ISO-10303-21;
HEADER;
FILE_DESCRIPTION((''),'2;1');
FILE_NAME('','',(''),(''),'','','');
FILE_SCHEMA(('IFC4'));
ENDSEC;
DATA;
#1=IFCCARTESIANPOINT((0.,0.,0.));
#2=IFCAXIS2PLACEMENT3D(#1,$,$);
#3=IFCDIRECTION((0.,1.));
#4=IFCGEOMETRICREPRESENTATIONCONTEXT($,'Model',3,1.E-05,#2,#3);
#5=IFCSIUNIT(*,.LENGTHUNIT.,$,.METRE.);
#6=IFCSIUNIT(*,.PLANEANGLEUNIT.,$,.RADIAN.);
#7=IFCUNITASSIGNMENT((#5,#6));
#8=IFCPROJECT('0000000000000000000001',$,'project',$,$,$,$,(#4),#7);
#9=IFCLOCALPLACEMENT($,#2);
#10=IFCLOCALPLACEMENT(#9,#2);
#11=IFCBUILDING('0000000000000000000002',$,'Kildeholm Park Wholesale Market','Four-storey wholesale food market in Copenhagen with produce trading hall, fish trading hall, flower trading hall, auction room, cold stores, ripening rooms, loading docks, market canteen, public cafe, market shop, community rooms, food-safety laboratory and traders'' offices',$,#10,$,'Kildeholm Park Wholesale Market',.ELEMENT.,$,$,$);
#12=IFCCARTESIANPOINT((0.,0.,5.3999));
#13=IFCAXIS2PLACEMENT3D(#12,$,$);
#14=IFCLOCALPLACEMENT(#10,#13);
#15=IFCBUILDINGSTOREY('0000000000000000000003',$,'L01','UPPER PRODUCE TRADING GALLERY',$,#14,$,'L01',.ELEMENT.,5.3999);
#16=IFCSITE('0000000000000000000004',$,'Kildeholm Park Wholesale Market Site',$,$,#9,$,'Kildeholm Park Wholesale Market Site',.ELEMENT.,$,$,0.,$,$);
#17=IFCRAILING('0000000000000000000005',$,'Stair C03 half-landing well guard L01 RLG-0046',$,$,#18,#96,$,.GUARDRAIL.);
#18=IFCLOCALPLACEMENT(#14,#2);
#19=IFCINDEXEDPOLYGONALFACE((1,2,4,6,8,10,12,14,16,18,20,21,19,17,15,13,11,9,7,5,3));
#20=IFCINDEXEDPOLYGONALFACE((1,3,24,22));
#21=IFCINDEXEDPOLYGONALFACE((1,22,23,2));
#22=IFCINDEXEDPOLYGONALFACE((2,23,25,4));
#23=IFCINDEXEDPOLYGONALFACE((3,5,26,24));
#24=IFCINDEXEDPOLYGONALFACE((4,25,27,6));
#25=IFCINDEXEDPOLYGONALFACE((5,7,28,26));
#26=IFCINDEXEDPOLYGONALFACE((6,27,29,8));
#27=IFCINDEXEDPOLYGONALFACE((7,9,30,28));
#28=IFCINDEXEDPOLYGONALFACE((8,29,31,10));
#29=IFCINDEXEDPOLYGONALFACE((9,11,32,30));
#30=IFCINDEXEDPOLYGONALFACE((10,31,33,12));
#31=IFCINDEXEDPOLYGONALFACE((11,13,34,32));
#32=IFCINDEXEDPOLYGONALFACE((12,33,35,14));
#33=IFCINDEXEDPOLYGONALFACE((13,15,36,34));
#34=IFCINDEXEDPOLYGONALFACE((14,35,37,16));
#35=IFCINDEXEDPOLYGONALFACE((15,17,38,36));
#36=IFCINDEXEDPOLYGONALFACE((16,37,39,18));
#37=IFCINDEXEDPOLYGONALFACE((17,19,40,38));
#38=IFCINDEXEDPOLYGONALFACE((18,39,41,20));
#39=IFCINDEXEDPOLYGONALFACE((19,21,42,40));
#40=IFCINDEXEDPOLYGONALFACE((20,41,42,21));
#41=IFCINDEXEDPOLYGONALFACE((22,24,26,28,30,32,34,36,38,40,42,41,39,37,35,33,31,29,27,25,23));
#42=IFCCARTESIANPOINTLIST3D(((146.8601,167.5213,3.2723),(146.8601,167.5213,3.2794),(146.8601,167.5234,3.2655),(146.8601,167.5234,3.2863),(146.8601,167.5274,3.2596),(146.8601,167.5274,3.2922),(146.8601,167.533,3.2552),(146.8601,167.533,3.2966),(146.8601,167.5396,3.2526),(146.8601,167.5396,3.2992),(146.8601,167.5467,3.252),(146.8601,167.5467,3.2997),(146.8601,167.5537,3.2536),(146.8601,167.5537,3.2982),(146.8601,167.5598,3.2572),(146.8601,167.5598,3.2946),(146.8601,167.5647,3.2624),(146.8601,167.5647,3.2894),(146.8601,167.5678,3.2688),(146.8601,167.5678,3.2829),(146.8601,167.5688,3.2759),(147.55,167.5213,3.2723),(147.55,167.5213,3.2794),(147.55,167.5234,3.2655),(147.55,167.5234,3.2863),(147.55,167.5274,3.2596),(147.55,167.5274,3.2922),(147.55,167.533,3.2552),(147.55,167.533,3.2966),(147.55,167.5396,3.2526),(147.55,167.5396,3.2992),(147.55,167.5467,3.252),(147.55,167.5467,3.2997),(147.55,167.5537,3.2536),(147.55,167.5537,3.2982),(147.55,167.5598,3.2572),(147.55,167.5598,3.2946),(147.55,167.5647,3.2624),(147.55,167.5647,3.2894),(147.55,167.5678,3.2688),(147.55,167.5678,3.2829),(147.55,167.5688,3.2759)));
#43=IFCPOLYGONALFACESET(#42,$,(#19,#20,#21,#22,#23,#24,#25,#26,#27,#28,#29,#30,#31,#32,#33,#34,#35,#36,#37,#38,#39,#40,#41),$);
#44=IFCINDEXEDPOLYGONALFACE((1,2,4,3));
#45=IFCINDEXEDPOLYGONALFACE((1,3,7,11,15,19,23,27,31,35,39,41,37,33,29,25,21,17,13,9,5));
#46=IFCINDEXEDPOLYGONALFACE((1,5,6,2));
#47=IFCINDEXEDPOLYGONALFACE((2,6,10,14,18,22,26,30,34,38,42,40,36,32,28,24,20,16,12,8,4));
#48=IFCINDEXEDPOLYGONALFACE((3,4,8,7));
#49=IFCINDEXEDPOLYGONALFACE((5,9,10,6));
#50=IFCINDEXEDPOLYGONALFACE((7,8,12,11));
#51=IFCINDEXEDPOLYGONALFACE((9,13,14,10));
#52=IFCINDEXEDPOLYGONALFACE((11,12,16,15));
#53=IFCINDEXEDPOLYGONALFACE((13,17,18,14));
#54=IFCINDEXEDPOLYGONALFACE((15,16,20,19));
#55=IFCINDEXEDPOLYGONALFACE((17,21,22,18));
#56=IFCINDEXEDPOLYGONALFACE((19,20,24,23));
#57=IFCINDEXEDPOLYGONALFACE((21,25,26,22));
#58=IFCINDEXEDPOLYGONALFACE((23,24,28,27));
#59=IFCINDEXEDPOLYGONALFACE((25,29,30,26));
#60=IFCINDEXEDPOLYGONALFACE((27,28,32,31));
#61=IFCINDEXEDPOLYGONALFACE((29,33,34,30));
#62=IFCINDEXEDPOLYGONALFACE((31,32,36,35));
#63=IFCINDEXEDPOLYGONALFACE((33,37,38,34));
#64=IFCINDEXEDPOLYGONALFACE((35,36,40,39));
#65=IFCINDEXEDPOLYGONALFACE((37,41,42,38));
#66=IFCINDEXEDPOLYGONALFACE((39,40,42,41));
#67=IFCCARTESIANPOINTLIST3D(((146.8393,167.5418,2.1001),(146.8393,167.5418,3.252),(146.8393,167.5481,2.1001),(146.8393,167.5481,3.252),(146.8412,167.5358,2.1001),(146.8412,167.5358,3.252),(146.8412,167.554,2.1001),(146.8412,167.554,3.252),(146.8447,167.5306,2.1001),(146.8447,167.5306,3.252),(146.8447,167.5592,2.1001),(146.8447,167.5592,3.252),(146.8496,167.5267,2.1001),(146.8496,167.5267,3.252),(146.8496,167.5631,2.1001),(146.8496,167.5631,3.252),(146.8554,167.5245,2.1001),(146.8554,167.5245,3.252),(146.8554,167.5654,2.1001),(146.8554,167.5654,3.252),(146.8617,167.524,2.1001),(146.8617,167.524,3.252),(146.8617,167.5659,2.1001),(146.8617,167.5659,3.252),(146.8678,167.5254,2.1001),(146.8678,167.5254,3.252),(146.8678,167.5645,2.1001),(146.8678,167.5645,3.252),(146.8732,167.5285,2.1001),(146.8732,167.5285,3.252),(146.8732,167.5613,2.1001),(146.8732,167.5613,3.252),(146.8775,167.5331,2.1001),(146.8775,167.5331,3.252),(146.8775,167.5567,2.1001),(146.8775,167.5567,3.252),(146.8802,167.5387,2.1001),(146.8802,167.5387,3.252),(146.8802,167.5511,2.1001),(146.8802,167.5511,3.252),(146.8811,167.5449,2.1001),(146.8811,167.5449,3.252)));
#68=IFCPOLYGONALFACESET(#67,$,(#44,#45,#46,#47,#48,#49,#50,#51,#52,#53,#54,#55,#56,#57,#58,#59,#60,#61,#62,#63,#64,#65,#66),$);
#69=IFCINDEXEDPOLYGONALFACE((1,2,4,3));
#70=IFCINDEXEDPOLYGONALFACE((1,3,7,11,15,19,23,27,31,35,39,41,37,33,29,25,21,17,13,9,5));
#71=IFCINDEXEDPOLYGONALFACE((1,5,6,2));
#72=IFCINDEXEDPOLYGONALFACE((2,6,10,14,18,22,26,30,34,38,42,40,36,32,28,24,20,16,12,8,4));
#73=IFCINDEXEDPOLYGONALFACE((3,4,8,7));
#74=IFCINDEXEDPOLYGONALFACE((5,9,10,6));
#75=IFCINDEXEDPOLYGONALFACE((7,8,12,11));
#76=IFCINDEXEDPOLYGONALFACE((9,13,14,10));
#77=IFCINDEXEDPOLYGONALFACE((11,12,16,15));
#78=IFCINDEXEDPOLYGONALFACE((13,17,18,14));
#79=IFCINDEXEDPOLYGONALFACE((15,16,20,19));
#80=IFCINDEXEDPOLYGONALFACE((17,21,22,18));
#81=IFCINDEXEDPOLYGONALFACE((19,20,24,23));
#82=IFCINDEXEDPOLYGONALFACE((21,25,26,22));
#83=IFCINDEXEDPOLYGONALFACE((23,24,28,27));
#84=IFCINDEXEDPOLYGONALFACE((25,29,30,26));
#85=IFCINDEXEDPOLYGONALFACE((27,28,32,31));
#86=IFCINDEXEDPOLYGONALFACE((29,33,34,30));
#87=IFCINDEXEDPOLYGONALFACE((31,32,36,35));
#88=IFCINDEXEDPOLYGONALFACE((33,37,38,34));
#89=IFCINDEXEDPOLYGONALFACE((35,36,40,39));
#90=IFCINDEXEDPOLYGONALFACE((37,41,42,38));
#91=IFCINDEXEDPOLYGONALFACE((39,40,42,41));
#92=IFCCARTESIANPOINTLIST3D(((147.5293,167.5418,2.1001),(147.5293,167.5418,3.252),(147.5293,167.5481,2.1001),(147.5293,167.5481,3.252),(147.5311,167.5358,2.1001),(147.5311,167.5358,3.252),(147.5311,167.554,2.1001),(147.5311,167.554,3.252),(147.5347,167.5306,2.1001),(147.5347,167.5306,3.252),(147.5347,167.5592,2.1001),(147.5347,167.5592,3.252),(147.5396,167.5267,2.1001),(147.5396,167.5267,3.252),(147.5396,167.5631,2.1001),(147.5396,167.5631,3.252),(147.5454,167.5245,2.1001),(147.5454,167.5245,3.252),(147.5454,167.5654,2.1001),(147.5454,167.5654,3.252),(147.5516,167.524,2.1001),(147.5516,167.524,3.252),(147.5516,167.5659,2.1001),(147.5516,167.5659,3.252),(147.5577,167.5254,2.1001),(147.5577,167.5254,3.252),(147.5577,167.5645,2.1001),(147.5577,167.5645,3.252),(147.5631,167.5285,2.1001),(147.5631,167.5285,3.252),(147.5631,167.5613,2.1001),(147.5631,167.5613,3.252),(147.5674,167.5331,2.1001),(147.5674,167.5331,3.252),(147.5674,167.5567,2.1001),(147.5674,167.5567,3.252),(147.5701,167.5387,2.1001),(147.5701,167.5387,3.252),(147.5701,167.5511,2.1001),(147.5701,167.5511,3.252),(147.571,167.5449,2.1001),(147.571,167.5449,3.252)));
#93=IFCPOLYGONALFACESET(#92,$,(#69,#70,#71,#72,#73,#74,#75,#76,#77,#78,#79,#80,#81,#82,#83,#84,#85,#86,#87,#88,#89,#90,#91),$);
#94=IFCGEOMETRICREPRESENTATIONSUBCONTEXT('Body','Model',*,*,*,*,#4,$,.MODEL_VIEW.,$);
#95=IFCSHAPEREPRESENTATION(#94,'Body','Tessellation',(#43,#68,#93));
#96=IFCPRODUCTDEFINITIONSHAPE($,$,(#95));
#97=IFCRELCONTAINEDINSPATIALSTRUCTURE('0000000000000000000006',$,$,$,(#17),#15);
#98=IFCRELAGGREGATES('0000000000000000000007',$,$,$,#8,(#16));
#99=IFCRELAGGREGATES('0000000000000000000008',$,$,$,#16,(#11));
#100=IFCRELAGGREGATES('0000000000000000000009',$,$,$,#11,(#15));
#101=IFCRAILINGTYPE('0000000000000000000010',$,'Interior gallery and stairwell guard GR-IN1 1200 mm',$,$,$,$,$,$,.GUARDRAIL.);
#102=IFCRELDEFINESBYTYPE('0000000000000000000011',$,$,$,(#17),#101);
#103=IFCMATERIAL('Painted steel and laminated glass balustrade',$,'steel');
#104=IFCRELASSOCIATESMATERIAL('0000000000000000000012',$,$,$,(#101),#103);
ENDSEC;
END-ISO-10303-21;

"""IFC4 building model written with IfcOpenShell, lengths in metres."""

from ifc_helpers import new_model, si_unit, direction, frame, origin, origin_2d, place, context, subcontext, project, spatial, circle, extrude, material, type_object, element, save


model = new_model("IFC4")

# Units and contexts
model_context = context("Model", 3, precision=1e-05, world=origin(), true_north=direction((0.0, 1.0)))
body_context = subcontext(model_context, "Body", "Model", "MODEL_VIEW")
ifc_project = project(units=[si_unit("LENGTHUNIT", "METRE"), si_unit("PLANEANGLEUNIT", "RADIAN")], contexts=[model_context])

# Site, building, storey
site_placement = place(None, origin())
site = spatial("IfcSite", under=ifc_project, at=site_placement, Name="Kildeholm Park Wholesale Market Site", LongName="Kildeholm Park Wholesale Market Site", CompositionType="ELEMENT", RefElevation=0.0)
building_placement = place(site_placement, origin())
building = spatial("IfcBuilding", under=site, at=building_placement, Name="Kildeholm Park Wholesale Market", Description="Four-storey wholesale food market in Copenhagen with produce trading hall, fish trading hall, flower trading hall, auction room, cold stores, ripening rooms, loading docks, market canteen, public cafe, market shop, community rooms, food-safety laboratory and traders' offices", LongName="Kildeholm Park Wholesale Market", CompositionType="ELEMENT")
storey_placement = place(building_placement, frame((0.0, 0.0, 5.3999)))
storey = spatial("IfcBuildingStorey", under=building, at=storey_placement, Name="L01", Description="UPPER PRODUCE TRADING GALLERY", LongName="L01", CompositionType="ELEMENT", Elevation=5.3999)

# Railing
ifc_material_1 = material(Name="Painted steel and laminated glass balustrade", Category="steel")
railing_type_1 = type_object("IfcRailingType", Name="Interior gallery and stairwell guard GR-IN1 1200 mm", PredefinedType="GUARDRAIL", material=ifc_material_1)
railing_1_placement = place(storey_placement, frame((146.8601, 167.5449, 2.1001)))
element("IfcRailing", 1, at=railing_1_placement, inside=storey, type_object=railing_type_1, Name="Stair C03 half-landing well guard L01 RLG-0046", PredefinedType="GUARDRAIL", context=body_context, shape_type="SweptSolid", body=[
    extrude(circle(Radius=0.0239, at=origin_2d()), frame((0.0, 0.0, 1.1758), z_axis=(1.0, 0.0, 0.0), x_axis=(0.0, 1.0, 0.0)), (0.0, 0.0, 1.0), 0.6899),
    extrude(circle(Radius=0.021, at=origin_2d()), origin(), (0.0, 0.0, 1.0), 1.1519),
    extrude(circle(Radius=0.021, at=origin_2d()), frame((0.6899, 0.0, 0.0)), (0.0, 0.0, 1.0), 1.1519),
])

save(model, "model.ifc")
